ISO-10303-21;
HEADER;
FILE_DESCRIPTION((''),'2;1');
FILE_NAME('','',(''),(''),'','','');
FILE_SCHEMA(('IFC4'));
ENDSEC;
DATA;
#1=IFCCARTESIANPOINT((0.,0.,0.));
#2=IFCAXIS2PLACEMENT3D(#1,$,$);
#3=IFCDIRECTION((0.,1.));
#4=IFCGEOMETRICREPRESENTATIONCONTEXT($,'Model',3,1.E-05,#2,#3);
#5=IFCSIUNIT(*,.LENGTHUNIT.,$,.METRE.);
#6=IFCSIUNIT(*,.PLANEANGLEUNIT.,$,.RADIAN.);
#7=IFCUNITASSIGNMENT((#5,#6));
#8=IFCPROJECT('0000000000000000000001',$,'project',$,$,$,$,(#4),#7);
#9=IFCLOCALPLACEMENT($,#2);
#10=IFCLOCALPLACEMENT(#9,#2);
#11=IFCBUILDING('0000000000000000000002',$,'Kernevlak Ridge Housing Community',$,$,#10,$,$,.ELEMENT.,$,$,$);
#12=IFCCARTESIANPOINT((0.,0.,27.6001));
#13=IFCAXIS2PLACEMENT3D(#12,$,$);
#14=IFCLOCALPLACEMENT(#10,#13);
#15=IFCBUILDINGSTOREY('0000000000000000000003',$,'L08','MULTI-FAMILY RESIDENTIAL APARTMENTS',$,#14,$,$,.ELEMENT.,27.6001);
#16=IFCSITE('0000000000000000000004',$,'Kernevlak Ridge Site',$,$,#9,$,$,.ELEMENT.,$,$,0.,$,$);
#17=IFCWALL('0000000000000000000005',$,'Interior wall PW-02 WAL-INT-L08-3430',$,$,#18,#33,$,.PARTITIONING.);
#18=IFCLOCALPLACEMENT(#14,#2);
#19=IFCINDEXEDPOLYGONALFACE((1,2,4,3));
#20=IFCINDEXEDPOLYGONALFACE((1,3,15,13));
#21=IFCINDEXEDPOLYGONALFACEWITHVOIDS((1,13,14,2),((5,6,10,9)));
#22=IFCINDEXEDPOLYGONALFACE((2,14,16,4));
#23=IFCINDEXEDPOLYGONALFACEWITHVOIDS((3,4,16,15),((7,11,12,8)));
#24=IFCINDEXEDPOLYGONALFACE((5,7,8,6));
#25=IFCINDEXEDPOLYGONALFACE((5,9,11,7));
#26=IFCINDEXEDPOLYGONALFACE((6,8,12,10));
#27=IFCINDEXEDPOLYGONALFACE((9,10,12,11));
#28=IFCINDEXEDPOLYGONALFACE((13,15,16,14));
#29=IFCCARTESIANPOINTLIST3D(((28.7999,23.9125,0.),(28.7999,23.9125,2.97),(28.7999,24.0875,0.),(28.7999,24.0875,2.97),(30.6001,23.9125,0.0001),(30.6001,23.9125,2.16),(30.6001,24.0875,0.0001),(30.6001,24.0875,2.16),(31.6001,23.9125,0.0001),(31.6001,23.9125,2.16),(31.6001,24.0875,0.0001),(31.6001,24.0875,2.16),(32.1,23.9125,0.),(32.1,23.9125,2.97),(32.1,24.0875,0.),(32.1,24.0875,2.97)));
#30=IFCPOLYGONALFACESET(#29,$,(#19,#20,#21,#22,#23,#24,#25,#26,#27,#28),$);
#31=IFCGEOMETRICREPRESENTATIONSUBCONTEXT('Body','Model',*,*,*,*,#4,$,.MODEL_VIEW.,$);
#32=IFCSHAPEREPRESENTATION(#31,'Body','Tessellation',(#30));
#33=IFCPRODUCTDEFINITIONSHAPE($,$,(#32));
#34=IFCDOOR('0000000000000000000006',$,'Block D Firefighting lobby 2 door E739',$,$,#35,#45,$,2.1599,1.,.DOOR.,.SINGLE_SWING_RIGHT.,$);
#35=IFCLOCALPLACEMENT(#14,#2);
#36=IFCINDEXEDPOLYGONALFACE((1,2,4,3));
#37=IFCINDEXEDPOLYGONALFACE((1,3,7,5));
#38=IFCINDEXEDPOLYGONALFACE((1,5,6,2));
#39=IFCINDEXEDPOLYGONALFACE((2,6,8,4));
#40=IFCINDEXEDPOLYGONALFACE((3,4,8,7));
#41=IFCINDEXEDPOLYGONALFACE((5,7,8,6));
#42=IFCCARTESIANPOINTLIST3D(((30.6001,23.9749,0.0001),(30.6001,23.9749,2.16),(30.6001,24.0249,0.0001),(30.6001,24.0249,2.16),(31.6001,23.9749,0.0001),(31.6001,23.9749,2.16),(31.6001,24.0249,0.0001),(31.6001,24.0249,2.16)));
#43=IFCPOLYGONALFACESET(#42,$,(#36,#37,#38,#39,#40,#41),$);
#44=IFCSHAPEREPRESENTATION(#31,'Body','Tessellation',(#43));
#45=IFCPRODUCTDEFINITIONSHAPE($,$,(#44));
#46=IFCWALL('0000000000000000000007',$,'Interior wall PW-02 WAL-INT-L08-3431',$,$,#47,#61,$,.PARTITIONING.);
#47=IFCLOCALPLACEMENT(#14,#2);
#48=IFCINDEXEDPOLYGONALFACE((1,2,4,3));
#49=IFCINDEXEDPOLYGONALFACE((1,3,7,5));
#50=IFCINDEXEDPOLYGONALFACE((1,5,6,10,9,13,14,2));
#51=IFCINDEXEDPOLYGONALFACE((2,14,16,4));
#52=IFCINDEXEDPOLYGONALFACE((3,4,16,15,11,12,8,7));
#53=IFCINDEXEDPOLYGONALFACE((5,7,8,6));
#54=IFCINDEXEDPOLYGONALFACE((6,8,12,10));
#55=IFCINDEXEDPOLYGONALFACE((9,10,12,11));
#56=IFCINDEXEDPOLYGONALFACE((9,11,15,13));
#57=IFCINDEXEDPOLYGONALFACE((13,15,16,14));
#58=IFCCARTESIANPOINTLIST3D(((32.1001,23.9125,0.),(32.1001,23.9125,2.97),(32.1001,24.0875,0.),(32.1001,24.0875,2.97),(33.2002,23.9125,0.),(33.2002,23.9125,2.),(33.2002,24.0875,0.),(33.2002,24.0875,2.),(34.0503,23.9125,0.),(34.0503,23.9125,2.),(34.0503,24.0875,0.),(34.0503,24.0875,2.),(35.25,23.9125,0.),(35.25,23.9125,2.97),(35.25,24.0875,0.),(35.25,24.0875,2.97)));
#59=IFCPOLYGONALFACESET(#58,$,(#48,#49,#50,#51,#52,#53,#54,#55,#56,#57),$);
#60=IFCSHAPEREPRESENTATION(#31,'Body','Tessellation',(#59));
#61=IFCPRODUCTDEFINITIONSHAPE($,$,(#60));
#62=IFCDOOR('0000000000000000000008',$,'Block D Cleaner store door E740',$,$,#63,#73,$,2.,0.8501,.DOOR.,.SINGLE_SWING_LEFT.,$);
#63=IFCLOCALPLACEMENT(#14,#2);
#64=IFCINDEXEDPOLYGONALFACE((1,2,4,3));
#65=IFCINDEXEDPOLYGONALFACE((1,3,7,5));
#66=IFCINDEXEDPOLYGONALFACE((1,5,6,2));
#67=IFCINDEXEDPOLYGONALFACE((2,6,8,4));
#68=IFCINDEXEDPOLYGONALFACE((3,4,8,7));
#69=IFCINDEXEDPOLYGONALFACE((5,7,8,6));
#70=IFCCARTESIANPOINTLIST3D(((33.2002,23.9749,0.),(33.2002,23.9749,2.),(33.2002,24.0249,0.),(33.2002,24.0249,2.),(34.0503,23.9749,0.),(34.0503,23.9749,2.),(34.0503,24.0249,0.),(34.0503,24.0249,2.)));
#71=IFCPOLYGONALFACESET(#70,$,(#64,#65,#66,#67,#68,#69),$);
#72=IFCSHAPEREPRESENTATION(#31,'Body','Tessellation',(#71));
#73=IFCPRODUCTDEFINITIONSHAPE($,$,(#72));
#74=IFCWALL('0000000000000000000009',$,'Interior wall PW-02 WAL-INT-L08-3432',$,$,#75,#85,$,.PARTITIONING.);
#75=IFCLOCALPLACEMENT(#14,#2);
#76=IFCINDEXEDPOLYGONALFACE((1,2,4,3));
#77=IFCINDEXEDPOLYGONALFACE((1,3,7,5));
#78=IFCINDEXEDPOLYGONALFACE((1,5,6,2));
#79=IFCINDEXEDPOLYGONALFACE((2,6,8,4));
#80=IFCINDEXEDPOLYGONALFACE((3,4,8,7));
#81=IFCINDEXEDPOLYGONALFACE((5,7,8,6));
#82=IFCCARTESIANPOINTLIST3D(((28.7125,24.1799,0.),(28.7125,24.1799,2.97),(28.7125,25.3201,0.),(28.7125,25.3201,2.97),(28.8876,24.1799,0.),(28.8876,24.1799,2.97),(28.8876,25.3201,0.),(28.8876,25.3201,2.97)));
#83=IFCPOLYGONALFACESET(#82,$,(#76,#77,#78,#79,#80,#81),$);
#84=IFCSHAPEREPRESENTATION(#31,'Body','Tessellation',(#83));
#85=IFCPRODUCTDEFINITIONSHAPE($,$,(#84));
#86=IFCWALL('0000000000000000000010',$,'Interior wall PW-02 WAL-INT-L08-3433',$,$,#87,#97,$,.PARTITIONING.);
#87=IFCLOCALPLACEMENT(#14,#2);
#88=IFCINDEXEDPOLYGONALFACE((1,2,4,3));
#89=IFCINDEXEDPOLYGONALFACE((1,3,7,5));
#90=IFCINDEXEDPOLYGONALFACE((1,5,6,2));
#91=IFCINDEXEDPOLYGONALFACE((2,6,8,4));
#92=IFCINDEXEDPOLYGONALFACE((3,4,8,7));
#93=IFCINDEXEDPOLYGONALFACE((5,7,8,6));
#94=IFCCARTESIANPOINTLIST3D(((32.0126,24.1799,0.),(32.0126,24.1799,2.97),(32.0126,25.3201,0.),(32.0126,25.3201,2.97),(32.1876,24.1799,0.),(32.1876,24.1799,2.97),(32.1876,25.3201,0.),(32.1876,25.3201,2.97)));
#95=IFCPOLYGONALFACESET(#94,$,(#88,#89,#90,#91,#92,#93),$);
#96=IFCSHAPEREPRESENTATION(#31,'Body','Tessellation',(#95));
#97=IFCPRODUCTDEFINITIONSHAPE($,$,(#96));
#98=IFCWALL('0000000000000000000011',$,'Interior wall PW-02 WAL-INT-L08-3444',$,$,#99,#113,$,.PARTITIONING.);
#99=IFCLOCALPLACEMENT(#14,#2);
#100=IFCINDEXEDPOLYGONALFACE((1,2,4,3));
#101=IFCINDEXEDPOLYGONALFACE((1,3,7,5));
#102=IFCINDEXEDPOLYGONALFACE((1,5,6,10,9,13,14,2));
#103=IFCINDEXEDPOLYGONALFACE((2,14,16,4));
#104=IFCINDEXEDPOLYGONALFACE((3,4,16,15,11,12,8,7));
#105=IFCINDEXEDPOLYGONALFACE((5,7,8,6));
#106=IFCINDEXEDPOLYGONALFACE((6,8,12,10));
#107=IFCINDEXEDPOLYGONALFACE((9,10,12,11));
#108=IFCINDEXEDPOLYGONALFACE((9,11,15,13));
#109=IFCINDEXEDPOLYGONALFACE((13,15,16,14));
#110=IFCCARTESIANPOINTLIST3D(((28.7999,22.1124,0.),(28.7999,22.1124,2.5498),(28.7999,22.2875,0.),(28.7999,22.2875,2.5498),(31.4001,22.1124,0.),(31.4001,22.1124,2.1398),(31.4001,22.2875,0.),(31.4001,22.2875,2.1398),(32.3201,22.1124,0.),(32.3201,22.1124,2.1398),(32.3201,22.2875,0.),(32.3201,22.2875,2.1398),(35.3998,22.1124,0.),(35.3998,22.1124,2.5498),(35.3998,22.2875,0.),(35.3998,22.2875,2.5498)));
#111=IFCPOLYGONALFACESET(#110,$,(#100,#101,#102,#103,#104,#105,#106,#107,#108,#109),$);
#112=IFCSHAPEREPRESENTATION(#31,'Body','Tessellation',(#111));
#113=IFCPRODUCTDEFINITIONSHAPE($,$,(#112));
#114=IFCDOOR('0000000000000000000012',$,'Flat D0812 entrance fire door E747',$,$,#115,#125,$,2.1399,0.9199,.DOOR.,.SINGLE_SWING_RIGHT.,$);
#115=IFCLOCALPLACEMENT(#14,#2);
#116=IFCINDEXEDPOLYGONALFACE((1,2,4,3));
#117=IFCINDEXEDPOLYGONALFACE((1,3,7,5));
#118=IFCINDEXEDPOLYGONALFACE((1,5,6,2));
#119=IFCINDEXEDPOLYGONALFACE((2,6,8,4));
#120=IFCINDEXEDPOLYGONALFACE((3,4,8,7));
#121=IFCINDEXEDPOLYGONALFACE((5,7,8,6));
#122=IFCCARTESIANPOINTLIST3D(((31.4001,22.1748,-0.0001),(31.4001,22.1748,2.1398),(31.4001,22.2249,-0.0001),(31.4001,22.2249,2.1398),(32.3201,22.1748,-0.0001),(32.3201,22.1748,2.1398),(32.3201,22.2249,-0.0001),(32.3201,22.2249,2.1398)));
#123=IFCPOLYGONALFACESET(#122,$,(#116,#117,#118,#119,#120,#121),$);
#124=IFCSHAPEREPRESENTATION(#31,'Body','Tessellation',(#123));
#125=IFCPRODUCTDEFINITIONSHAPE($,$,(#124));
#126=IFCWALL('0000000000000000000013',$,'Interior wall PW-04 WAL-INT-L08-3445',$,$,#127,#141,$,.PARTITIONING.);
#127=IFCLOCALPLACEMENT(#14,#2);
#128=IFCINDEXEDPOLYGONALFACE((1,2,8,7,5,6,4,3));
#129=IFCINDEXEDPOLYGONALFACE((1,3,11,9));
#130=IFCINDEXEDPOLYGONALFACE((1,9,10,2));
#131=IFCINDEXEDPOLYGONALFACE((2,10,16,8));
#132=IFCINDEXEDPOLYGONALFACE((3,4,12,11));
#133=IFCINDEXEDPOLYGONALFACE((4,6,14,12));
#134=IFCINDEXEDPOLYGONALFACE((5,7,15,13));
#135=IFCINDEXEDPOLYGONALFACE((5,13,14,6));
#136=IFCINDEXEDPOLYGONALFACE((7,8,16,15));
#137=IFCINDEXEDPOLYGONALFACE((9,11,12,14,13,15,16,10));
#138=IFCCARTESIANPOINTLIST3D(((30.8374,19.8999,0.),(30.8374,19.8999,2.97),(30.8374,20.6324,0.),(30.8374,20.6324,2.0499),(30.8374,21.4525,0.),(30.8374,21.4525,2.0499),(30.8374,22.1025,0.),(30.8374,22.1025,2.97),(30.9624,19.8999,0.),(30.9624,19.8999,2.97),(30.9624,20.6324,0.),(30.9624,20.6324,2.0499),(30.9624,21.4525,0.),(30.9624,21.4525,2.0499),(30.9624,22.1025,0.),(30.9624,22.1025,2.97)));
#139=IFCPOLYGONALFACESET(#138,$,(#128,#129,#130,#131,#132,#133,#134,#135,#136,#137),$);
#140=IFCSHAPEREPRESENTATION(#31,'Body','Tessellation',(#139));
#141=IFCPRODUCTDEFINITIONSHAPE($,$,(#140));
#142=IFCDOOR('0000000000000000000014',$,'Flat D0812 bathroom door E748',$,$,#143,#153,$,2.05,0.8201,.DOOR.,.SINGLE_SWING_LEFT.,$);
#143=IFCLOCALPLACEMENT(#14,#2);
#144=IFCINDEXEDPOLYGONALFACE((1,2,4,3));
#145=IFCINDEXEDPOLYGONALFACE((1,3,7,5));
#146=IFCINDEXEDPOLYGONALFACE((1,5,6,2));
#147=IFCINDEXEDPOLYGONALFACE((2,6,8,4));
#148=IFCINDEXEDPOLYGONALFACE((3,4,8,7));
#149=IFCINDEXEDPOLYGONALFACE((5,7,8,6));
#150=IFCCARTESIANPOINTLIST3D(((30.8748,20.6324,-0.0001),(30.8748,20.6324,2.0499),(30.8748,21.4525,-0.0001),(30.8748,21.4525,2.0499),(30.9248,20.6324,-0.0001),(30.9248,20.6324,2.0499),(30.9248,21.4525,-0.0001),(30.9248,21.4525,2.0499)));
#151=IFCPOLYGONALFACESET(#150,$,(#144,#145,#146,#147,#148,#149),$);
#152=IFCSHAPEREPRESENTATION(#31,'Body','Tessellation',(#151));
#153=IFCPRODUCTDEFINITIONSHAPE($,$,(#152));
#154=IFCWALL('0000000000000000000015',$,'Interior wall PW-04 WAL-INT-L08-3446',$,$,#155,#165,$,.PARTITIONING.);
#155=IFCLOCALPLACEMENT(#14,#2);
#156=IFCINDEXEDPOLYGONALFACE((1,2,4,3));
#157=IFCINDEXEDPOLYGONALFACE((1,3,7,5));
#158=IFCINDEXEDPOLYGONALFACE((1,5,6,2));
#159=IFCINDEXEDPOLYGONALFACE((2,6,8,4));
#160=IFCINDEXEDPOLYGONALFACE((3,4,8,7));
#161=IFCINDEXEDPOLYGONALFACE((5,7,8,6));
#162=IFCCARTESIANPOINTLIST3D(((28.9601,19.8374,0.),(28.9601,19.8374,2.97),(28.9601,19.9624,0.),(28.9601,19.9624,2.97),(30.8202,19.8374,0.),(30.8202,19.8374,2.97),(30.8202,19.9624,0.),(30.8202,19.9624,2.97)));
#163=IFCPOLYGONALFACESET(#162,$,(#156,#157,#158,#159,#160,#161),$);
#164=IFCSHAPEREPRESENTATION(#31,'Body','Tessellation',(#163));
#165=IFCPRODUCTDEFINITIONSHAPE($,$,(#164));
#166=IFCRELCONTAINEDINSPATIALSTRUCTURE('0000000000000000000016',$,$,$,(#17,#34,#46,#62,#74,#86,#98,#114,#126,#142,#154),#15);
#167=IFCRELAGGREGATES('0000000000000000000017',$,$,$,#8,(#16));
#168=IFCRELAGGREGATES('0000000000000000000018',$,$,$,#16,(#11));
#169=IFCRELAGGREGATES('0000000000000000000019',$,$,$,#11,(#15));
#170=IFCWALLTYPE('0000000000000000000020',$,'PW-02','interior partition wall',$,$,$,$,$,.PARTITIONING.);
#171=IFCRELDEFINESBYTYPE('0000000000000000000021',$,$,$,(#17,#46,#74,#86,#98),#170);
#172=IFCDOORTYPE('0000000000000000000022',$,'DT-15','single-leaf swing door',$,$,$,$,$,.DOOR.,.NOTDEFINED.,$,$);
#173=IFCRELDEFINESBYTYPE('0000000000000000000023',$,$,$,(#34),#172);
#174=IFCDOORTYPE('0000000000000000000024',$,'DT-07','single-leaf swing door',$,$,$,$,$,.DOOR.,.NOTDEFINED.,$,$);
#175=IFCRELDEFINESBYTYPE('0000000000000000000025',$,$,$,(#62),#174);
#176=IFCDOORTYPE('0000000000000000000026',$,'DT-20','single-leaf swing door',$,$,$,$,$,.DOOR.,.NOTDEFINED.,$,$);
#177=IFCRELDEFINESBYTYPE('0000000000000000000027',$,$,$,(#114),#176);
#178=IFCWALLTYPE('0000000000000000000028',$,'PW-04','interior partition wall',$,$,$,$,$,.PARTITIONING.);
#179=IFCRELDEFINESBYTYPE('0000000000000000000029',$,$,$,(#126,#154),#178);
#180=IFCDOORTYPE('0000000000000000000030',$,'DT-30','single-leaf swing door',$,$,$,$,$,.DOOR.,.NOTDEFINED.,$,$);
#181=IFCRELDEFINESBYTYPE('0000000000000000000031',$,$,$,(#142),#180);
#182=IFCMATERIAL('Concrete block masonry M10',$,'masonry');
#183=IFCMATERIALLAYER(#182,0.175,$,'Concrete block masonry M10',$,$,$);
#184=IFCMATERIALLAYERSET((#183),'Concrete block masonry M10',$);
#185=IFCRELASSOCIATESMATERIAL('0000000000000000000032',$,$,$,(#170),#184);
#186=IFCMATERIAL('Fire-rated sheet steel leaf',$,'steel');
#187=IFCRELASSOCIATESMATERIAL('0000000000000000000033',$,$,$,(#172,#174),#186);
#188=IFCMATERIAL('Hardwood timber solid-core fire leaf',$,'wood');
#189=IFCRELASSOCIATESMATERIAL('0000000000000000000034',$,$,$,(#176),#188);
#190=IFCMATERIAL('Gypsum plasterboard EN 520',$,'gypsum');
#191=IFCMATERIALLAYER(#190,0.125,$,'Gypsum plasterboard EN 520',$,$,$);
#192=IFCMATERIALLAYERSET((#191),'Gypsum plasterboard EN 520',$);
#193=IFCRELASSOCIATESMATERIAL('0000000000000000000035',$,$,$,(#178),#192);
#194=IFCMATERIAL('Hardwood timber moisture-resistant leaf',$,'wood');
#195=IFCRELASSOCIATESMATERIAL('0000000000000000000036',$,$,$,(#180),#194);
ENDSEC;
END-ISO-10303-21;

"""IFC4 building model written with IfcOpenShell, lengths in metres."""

from ifc_helpers import new_model, si_unit, direction, frame, frame_2d, origin, place, context, subcontext, project, spatial, rectangle, extrude, material, layer, layer_set, type_object, element, fill, save


model = new_model("IFC4")

# Units and contexts
model_context = context("Model", 3, precision=1e-05, world=origin(), true_north=direction((0.0, 1.0)))
body_context = subcontext(model_context, "Body", "Model", "MODEL_VIEW")
ifc_project = project(units=[si_unit("LENGTHUNIT", "METRE"), si_unit("PLANEANGLEUNIT", "RADIAN")], contexts=[model_context])

# Site, building, storey
site_placement = place(None, origin())
site = spatial("IfcSite", under=ifc_project, at=site_placement, Name="Kernevlak Ridge Site", CompositionType="ELEMENT", RefElevation=0.0)
building_placement = place(site_placement, origin())
building = spatial("IfcBuilding", under=site, at=building_placement, Name="Kernevlak Ridge Housing Community", CompositionType="ELEMENT")
storey_placement = place(building_placement, frame((0.0, 0.0, 27.6001)))
storey = spatial("IfcBuildingStorey", under=building, at=storey_placement, Name="L08", Description="MULTI-FAMILY RESIDENTIAL APARTMENTS", CompositionType="ELEMENT", Elevation=27.6001)

# Shared definitions
ifc_material_1 = material(Name="Concrete block masonry M10", Category="masonry")

# Walls, openings, doors
ifc_material_2 = material(Name="Fire-rated sheet steel leaf", Category="steel")
ifc_layer_1 = layer(ifc_material_1, 0.175, Name="Concrete block masonry M10")
ifc_layer_set_1 = layer_set([ifc_layer_1], Name="Concrete block masonry M10")
wall_type_1 = type_object("IfcWallType", Name="PW-02", Description="interior partition wall", PredefinedType="PARTITIONING", material=ifc_layer_set_1)
wall_1_placement = place(storey_placement, frame((28.8, 24.0, 0.0), z_axis=(0.0, 0.0, 1.0), x_axis=(1.0, 0.0, 0.0)))
wall_1 = element("IfcWall", 1, at=wall_1_placement, inside=storey, type_object=wall_type_1, Name="Interior wall PW-02 WAL-INT-L08-3430", PredefinedType="PARTITIONING", context=body_context, shape_type="SweptSolid", body=[
    extrude(rectangle(XDim=3.3, YDim=0.175, at=frame_2d((1.6499, 0.0))), origin(), (0.0, 0.0, 1.0), 2.97),
])
opening_1_placement = place(wall_1_placement, frame((1.8, 0.0, 0.0)))
opening_1 = element("IfcOpeningElement", 2, at=opening_1_placement, cuts=wall_1, PredefinedType="OPENING", context=body_context, shape_type="SweptSolid", body=[
    extrude(rectangle(XDim=1.0, YDim=2.1599, at=frame_2d((0.5, 1.0801))), frame((0.0, 0.0974, 0.0), z_axis=(0.0, -1.0, 0.0), x_axis=(1.0, 0.0, 0.0)), (0.0, 0.0, 1.0), 0.1951),
])
door_type_1 = type_object("IfcDoorType", Name="DT-15", Description="single-leaf swing door", OperationType="NOTDEFINED", PredefinedType="DOOR", material=ifc_material_2)
door_1_placement = place(opening_1_placement, origin())
door_1 = element("IfcDoor", 3, at=door_1_placement, inside=storey, type_object=door_type_1, Name="Block D Firefighting lobby 2 door E739", OperationType="SINGLE_SWING_RIGHT", OverallHeight=2.1599, OverallWidth=1.0, PredefinedType="DOOR", context=body_context, shape_type="SweptSolid", body=[
    extrude(rectangle(XDim=1.0, YDim=2.1599, at=frame_2d((0.5, 1.0801))), frame((0.0, 0.0249, 0.0), z_axis=(0.0, -1.0, 0.0), x_axis=(1.0, 0.0, 0.0)), (0.0, 0.0, 1.0), 0.05),
])
fill(opening_1, door_1)
wall_2_placement = place(storey_placement, frame((32.1001, 24.0, 0.0), z_axis=(0.0, 0.0, 1.0), x_axis=(1.0, 0.0, 0.0)))
wall_2 = element("IfcWall", 4, at=wall_2_placement, inside=storey, type_object=wall_type_1, Name="Interior wall PW-02 WAL-INT-L08-3431", PredefinedType="PARTITIONING", context=body_context, shape_type="SweptSolid", body=[
    extrude(rectangle(XDim=3.1499, YDim=0.175, at=frame_2d((1.575, 0.0))), origin(), (0.0, 0.0, 1.0), 2.97),
])
opening_2_placement = place(wall_2_placement, frame((1.1001, 0.0, 0.0)))
opening_2 = element("IfcOpeningElement", 5, at=opening_2_placement, cuts=wall_2, PredefinedType="OPENING", context=body_context, shape_type="SweptSolid", body=[
    extrude(rectangle(XDim=0.8501, YDim=2.0, at=frame_2d((0.425, 1.0))), frame((0.0, 0.0974, 0.0), z_axis=(0.0, -1.0, 0.0), x_axis=(1.0, 0.0, 0.0)), (0.0, 0.0, 1.0), 0.1951),
])
door_type_2 = type_object("IfcDoorType", Name="DT-07", Description="single-leaf swing door", OperationType="NOTDEFINED", PredefinedType="DOOR", material=ifc_material_2)
door_2_placement = place(opening_2_placement, origin())
door_2 = element("IfcDoor", 6, at=door_2_placement, inside=storey, type_object=door_type_2, Name="Block D Cleaner store door E740", OperationType="SINGLE_SWING_LEFT", OverallHeight=2.0, OverallWidth=0.8501, PredefinedType="DOOR", context=body_context, shape_type="SweptSolid", body=[
    extrude(rectangle(XDim=0.8501, YDim=2.0, at=frame_2d((0.425, 1.0))), frame((0.0, 0.0249, 0.0), z_axis=(0.0, -1.0, 0.0), x_axis=(1.0, 0.0, 0.0)), (0.0, 0.0, 1.0), 0.05),
])
fill(opening_2, door_2)

# Walls
for number, where, z_axis, x_axis, name in (
    (7, (28.8, 24.1799, 0.0), (0.0, 0.0, 1.0), (0.0, 1.0, 0.0), "Interior wall PW-02 WAL-INT-L08-3432"),
    (8, (32.1001, 24.1799, 0.0), (0.0, 0.0, 1.0), (0.0, 1.0, 0.0), "Interior wall PW-02 WAL-INT-L08-3433"),
):
    element("IfcWall", number, at=place(storey_placement, frame(where, z_axis=z_axis, x_axis=x_axis)), inside=storey, type_object=wall_type_1, Name=name, PredefinedType="PARTITIONING", context=body_context, shape_type="SweptSolid", body=[
        extrude(rectangle(XDim=1.1401, YDim=0.175, at=frame_2d((0.5701, 0.0))), origin(), (0.0, 0.0, 1.0), 2.97),
    ])

# Walls, openings, doors
wall_3_placement = place(storey_placement, frame((28.8, 22.2, 0.0), z_axis=(0.0, 0.0, 1.0), x_axis=(1.0, 0.0, 0.0)))
wall_3 = element("IfcWall", 9, at=wall_3_placement, inside=storey, type_object=wall_type_1, Name="Interior wall PW-02 WAL-INT-L08-3444", PredefinedType="PARTITIONING", context=body_context, shape_type="SweptSolid", body=[
    extrude(rectangle(XDim=6.5999, YDim=0.175, at=frame_2d((3.2998, 0.0))), origin(), (0.0, 0.0, 1.0), 2.5498),
])
opening_3_placement = place(wall_3_placement, frame((2.6001, 0.0, 0.0)))
opening_3 = element("IfcOpeningElement", 10, at=opening_3_placement, cuts=wall_3, PredefinedType="OPENING", context=body_context, shape_type="SweptSolid", body=[
    extrude(rectangle(XDim=0.9199, YDim=2.1399, at=frame_2d((0.46, 1.0698))), frame((0.0, 0.0974, 0.0), z_axis=(0.0, -1.0, 0.0), x_axis=(1.0, 0.0, 0.0)), (0.0, 0.0, 1.0), 0.1951),
])
ifc_material_3 = material(Name="Hardwood timber solid-core fire leaf", Category="wood")
door_type_3 = type_object("IfcDoorType", Name="DT-20", Description="single-leaf swing door", OperationType="NOTDEFINED", PredefinedType="DOOR", material=ifc_material_3)
door_3_placement = place(opening_3_placement, origin())
door_3 = element("IfcDoor", 11, at=door_3_placement, inside=storey, type_object=door_type_3, Name="Flat D0812 entrance fire door E747", OperationType="SINGLE_SWING_RIGHT", OverallHeight=2.1399, OverallWidth=0.9199, PredefinedType="DOOR", context=body_context, shape_type="SweptSolid", body=[
    extrude(rectangle(XDim=0.9199, YDim=2.1399, at=frame_2d((0.46, 1.0698))), frame((0.0, 0.0249, 0.0), z_axis=(0.0, -1.0, 0.0), x_axis=(1.0, 0.0, 0.0)), (0.0, 0.0, 1.0), 0.05),
])
fill(opening_3, door_3)
ifc_material_4 = material(Name="Gypsum plasterboard EN 520", Category="gypsum")
ifc_layer_2 = layer(ifc_material_4, 0.125, Name="Gypsum plasterboard EN 520")
ifc_layer_set_2 = layer_set([ifc_layer_2], Name="Gypsum plasterboard EN 520")
wall_type_2 = type_object("IfcWallType", Name="PW-04", Description="interior partition wall", PredefinedType="PARTITIONING", material=ifc_layer_set_2)
wall_4_placement = place(storey_placement, frame((30.8999, 22.1025, 0.0), z_axis=(0.0, 0.0, 1.0), x_axis=(0.0, -1.0, 0.0)))
wall_4 = element("IfcWall", 12, at=wall_4_placement, inside=storey, type_object=wall_type_2, Name="Interior wall PW-04 WAL-INT-L08-3445", PredefinedType="PARTITIONING", context=body_context, shape_type="SweptSolid", body=[
    extrude(rectangle(XDim=2.2026, YDim=0.125, at=frame_2d((1.1013, 0.0))), origin(), (0.0, 0.0, 1.0), 2.97),
])
opening_4_placement = place(wall_4_placement, frame((0.6499, 0.0, 0.0)))
opening_4 = element("IfcOpeningElement", 13, at=opening_4_placement, cuts=wall_4, PredefinedType="OPENING", context=body_context, shape_type="SweptSolid", body=[
    extrude(rectangle(XDim=0.8201, YDim=2.05, at=frame_2d((0.4102, 1.0249))), frame((0.0, 0.0725, 0.0), z_axis=(0.0, -1.0, 0.0), x_axis=(1.0, 0.0, 0.0)), (0.0, 0.0, 1.0), 0.145),
])
ifc_material_5 = material(Name="Hardwood timber moisture-resistant leaf", Category="wood")
door_type_4 = type_object("IfcDoorType", Name="DT-30", Description="single-leaf swing door", OperationType="NOTDEFINED", PredefinedType="DOOR", material=ifc_material_5)
door_4_placement = place(opening_4_placement, origin())
door_4 = element("IfcDoor", 14, at=door_4_placement, inside=storey, type_object=door_type_4, Name="Flat D0812 bathroom door E748", OperationType="SINGLE_SWING_LEFT", OverallHeight=2.05, OverallWidth=0.8201, PredefinedType="DOOR", context=body_context, shape_type="SweptSolid", body=[
    extrude(rectangle(XDim=0.8201, YDim=2.05, at=frame_2d((0.4102, 1.0249))), frame((0.0, 0.0249, 0.0), z_axis=(0.0, -1.0, 0.0), x_axis=(1.0, 0.0, 0.0)), (0.0, 0.0, 1.0), 0.05),
])
fill(opening_4, door_4)

# Wall
wall_5_placement = place(storey_placement, frame((28.96, 19.8999, 0.0), z_axis=(0.0, 0.0, 1.0), x_axis=(1.0, 0.0, 0.0)))
element("IfcWall", 15, at=wall_5_placement, inside=storey, type_object=wall_type_2, Name="Interior wall PW-04 WAL-INT-L08-3446", PredefinedType="PARTITIONING", context=body_context, shape_type="SweptSolid", body=[
    extrude(rectangle(XDim=1.8601, YDim=0.125, at=frame_2d((0.9302, 0.0))), origin(), (0.0, 0.0, 1.0), 2.97),
])

save(model, "model.ifc")
